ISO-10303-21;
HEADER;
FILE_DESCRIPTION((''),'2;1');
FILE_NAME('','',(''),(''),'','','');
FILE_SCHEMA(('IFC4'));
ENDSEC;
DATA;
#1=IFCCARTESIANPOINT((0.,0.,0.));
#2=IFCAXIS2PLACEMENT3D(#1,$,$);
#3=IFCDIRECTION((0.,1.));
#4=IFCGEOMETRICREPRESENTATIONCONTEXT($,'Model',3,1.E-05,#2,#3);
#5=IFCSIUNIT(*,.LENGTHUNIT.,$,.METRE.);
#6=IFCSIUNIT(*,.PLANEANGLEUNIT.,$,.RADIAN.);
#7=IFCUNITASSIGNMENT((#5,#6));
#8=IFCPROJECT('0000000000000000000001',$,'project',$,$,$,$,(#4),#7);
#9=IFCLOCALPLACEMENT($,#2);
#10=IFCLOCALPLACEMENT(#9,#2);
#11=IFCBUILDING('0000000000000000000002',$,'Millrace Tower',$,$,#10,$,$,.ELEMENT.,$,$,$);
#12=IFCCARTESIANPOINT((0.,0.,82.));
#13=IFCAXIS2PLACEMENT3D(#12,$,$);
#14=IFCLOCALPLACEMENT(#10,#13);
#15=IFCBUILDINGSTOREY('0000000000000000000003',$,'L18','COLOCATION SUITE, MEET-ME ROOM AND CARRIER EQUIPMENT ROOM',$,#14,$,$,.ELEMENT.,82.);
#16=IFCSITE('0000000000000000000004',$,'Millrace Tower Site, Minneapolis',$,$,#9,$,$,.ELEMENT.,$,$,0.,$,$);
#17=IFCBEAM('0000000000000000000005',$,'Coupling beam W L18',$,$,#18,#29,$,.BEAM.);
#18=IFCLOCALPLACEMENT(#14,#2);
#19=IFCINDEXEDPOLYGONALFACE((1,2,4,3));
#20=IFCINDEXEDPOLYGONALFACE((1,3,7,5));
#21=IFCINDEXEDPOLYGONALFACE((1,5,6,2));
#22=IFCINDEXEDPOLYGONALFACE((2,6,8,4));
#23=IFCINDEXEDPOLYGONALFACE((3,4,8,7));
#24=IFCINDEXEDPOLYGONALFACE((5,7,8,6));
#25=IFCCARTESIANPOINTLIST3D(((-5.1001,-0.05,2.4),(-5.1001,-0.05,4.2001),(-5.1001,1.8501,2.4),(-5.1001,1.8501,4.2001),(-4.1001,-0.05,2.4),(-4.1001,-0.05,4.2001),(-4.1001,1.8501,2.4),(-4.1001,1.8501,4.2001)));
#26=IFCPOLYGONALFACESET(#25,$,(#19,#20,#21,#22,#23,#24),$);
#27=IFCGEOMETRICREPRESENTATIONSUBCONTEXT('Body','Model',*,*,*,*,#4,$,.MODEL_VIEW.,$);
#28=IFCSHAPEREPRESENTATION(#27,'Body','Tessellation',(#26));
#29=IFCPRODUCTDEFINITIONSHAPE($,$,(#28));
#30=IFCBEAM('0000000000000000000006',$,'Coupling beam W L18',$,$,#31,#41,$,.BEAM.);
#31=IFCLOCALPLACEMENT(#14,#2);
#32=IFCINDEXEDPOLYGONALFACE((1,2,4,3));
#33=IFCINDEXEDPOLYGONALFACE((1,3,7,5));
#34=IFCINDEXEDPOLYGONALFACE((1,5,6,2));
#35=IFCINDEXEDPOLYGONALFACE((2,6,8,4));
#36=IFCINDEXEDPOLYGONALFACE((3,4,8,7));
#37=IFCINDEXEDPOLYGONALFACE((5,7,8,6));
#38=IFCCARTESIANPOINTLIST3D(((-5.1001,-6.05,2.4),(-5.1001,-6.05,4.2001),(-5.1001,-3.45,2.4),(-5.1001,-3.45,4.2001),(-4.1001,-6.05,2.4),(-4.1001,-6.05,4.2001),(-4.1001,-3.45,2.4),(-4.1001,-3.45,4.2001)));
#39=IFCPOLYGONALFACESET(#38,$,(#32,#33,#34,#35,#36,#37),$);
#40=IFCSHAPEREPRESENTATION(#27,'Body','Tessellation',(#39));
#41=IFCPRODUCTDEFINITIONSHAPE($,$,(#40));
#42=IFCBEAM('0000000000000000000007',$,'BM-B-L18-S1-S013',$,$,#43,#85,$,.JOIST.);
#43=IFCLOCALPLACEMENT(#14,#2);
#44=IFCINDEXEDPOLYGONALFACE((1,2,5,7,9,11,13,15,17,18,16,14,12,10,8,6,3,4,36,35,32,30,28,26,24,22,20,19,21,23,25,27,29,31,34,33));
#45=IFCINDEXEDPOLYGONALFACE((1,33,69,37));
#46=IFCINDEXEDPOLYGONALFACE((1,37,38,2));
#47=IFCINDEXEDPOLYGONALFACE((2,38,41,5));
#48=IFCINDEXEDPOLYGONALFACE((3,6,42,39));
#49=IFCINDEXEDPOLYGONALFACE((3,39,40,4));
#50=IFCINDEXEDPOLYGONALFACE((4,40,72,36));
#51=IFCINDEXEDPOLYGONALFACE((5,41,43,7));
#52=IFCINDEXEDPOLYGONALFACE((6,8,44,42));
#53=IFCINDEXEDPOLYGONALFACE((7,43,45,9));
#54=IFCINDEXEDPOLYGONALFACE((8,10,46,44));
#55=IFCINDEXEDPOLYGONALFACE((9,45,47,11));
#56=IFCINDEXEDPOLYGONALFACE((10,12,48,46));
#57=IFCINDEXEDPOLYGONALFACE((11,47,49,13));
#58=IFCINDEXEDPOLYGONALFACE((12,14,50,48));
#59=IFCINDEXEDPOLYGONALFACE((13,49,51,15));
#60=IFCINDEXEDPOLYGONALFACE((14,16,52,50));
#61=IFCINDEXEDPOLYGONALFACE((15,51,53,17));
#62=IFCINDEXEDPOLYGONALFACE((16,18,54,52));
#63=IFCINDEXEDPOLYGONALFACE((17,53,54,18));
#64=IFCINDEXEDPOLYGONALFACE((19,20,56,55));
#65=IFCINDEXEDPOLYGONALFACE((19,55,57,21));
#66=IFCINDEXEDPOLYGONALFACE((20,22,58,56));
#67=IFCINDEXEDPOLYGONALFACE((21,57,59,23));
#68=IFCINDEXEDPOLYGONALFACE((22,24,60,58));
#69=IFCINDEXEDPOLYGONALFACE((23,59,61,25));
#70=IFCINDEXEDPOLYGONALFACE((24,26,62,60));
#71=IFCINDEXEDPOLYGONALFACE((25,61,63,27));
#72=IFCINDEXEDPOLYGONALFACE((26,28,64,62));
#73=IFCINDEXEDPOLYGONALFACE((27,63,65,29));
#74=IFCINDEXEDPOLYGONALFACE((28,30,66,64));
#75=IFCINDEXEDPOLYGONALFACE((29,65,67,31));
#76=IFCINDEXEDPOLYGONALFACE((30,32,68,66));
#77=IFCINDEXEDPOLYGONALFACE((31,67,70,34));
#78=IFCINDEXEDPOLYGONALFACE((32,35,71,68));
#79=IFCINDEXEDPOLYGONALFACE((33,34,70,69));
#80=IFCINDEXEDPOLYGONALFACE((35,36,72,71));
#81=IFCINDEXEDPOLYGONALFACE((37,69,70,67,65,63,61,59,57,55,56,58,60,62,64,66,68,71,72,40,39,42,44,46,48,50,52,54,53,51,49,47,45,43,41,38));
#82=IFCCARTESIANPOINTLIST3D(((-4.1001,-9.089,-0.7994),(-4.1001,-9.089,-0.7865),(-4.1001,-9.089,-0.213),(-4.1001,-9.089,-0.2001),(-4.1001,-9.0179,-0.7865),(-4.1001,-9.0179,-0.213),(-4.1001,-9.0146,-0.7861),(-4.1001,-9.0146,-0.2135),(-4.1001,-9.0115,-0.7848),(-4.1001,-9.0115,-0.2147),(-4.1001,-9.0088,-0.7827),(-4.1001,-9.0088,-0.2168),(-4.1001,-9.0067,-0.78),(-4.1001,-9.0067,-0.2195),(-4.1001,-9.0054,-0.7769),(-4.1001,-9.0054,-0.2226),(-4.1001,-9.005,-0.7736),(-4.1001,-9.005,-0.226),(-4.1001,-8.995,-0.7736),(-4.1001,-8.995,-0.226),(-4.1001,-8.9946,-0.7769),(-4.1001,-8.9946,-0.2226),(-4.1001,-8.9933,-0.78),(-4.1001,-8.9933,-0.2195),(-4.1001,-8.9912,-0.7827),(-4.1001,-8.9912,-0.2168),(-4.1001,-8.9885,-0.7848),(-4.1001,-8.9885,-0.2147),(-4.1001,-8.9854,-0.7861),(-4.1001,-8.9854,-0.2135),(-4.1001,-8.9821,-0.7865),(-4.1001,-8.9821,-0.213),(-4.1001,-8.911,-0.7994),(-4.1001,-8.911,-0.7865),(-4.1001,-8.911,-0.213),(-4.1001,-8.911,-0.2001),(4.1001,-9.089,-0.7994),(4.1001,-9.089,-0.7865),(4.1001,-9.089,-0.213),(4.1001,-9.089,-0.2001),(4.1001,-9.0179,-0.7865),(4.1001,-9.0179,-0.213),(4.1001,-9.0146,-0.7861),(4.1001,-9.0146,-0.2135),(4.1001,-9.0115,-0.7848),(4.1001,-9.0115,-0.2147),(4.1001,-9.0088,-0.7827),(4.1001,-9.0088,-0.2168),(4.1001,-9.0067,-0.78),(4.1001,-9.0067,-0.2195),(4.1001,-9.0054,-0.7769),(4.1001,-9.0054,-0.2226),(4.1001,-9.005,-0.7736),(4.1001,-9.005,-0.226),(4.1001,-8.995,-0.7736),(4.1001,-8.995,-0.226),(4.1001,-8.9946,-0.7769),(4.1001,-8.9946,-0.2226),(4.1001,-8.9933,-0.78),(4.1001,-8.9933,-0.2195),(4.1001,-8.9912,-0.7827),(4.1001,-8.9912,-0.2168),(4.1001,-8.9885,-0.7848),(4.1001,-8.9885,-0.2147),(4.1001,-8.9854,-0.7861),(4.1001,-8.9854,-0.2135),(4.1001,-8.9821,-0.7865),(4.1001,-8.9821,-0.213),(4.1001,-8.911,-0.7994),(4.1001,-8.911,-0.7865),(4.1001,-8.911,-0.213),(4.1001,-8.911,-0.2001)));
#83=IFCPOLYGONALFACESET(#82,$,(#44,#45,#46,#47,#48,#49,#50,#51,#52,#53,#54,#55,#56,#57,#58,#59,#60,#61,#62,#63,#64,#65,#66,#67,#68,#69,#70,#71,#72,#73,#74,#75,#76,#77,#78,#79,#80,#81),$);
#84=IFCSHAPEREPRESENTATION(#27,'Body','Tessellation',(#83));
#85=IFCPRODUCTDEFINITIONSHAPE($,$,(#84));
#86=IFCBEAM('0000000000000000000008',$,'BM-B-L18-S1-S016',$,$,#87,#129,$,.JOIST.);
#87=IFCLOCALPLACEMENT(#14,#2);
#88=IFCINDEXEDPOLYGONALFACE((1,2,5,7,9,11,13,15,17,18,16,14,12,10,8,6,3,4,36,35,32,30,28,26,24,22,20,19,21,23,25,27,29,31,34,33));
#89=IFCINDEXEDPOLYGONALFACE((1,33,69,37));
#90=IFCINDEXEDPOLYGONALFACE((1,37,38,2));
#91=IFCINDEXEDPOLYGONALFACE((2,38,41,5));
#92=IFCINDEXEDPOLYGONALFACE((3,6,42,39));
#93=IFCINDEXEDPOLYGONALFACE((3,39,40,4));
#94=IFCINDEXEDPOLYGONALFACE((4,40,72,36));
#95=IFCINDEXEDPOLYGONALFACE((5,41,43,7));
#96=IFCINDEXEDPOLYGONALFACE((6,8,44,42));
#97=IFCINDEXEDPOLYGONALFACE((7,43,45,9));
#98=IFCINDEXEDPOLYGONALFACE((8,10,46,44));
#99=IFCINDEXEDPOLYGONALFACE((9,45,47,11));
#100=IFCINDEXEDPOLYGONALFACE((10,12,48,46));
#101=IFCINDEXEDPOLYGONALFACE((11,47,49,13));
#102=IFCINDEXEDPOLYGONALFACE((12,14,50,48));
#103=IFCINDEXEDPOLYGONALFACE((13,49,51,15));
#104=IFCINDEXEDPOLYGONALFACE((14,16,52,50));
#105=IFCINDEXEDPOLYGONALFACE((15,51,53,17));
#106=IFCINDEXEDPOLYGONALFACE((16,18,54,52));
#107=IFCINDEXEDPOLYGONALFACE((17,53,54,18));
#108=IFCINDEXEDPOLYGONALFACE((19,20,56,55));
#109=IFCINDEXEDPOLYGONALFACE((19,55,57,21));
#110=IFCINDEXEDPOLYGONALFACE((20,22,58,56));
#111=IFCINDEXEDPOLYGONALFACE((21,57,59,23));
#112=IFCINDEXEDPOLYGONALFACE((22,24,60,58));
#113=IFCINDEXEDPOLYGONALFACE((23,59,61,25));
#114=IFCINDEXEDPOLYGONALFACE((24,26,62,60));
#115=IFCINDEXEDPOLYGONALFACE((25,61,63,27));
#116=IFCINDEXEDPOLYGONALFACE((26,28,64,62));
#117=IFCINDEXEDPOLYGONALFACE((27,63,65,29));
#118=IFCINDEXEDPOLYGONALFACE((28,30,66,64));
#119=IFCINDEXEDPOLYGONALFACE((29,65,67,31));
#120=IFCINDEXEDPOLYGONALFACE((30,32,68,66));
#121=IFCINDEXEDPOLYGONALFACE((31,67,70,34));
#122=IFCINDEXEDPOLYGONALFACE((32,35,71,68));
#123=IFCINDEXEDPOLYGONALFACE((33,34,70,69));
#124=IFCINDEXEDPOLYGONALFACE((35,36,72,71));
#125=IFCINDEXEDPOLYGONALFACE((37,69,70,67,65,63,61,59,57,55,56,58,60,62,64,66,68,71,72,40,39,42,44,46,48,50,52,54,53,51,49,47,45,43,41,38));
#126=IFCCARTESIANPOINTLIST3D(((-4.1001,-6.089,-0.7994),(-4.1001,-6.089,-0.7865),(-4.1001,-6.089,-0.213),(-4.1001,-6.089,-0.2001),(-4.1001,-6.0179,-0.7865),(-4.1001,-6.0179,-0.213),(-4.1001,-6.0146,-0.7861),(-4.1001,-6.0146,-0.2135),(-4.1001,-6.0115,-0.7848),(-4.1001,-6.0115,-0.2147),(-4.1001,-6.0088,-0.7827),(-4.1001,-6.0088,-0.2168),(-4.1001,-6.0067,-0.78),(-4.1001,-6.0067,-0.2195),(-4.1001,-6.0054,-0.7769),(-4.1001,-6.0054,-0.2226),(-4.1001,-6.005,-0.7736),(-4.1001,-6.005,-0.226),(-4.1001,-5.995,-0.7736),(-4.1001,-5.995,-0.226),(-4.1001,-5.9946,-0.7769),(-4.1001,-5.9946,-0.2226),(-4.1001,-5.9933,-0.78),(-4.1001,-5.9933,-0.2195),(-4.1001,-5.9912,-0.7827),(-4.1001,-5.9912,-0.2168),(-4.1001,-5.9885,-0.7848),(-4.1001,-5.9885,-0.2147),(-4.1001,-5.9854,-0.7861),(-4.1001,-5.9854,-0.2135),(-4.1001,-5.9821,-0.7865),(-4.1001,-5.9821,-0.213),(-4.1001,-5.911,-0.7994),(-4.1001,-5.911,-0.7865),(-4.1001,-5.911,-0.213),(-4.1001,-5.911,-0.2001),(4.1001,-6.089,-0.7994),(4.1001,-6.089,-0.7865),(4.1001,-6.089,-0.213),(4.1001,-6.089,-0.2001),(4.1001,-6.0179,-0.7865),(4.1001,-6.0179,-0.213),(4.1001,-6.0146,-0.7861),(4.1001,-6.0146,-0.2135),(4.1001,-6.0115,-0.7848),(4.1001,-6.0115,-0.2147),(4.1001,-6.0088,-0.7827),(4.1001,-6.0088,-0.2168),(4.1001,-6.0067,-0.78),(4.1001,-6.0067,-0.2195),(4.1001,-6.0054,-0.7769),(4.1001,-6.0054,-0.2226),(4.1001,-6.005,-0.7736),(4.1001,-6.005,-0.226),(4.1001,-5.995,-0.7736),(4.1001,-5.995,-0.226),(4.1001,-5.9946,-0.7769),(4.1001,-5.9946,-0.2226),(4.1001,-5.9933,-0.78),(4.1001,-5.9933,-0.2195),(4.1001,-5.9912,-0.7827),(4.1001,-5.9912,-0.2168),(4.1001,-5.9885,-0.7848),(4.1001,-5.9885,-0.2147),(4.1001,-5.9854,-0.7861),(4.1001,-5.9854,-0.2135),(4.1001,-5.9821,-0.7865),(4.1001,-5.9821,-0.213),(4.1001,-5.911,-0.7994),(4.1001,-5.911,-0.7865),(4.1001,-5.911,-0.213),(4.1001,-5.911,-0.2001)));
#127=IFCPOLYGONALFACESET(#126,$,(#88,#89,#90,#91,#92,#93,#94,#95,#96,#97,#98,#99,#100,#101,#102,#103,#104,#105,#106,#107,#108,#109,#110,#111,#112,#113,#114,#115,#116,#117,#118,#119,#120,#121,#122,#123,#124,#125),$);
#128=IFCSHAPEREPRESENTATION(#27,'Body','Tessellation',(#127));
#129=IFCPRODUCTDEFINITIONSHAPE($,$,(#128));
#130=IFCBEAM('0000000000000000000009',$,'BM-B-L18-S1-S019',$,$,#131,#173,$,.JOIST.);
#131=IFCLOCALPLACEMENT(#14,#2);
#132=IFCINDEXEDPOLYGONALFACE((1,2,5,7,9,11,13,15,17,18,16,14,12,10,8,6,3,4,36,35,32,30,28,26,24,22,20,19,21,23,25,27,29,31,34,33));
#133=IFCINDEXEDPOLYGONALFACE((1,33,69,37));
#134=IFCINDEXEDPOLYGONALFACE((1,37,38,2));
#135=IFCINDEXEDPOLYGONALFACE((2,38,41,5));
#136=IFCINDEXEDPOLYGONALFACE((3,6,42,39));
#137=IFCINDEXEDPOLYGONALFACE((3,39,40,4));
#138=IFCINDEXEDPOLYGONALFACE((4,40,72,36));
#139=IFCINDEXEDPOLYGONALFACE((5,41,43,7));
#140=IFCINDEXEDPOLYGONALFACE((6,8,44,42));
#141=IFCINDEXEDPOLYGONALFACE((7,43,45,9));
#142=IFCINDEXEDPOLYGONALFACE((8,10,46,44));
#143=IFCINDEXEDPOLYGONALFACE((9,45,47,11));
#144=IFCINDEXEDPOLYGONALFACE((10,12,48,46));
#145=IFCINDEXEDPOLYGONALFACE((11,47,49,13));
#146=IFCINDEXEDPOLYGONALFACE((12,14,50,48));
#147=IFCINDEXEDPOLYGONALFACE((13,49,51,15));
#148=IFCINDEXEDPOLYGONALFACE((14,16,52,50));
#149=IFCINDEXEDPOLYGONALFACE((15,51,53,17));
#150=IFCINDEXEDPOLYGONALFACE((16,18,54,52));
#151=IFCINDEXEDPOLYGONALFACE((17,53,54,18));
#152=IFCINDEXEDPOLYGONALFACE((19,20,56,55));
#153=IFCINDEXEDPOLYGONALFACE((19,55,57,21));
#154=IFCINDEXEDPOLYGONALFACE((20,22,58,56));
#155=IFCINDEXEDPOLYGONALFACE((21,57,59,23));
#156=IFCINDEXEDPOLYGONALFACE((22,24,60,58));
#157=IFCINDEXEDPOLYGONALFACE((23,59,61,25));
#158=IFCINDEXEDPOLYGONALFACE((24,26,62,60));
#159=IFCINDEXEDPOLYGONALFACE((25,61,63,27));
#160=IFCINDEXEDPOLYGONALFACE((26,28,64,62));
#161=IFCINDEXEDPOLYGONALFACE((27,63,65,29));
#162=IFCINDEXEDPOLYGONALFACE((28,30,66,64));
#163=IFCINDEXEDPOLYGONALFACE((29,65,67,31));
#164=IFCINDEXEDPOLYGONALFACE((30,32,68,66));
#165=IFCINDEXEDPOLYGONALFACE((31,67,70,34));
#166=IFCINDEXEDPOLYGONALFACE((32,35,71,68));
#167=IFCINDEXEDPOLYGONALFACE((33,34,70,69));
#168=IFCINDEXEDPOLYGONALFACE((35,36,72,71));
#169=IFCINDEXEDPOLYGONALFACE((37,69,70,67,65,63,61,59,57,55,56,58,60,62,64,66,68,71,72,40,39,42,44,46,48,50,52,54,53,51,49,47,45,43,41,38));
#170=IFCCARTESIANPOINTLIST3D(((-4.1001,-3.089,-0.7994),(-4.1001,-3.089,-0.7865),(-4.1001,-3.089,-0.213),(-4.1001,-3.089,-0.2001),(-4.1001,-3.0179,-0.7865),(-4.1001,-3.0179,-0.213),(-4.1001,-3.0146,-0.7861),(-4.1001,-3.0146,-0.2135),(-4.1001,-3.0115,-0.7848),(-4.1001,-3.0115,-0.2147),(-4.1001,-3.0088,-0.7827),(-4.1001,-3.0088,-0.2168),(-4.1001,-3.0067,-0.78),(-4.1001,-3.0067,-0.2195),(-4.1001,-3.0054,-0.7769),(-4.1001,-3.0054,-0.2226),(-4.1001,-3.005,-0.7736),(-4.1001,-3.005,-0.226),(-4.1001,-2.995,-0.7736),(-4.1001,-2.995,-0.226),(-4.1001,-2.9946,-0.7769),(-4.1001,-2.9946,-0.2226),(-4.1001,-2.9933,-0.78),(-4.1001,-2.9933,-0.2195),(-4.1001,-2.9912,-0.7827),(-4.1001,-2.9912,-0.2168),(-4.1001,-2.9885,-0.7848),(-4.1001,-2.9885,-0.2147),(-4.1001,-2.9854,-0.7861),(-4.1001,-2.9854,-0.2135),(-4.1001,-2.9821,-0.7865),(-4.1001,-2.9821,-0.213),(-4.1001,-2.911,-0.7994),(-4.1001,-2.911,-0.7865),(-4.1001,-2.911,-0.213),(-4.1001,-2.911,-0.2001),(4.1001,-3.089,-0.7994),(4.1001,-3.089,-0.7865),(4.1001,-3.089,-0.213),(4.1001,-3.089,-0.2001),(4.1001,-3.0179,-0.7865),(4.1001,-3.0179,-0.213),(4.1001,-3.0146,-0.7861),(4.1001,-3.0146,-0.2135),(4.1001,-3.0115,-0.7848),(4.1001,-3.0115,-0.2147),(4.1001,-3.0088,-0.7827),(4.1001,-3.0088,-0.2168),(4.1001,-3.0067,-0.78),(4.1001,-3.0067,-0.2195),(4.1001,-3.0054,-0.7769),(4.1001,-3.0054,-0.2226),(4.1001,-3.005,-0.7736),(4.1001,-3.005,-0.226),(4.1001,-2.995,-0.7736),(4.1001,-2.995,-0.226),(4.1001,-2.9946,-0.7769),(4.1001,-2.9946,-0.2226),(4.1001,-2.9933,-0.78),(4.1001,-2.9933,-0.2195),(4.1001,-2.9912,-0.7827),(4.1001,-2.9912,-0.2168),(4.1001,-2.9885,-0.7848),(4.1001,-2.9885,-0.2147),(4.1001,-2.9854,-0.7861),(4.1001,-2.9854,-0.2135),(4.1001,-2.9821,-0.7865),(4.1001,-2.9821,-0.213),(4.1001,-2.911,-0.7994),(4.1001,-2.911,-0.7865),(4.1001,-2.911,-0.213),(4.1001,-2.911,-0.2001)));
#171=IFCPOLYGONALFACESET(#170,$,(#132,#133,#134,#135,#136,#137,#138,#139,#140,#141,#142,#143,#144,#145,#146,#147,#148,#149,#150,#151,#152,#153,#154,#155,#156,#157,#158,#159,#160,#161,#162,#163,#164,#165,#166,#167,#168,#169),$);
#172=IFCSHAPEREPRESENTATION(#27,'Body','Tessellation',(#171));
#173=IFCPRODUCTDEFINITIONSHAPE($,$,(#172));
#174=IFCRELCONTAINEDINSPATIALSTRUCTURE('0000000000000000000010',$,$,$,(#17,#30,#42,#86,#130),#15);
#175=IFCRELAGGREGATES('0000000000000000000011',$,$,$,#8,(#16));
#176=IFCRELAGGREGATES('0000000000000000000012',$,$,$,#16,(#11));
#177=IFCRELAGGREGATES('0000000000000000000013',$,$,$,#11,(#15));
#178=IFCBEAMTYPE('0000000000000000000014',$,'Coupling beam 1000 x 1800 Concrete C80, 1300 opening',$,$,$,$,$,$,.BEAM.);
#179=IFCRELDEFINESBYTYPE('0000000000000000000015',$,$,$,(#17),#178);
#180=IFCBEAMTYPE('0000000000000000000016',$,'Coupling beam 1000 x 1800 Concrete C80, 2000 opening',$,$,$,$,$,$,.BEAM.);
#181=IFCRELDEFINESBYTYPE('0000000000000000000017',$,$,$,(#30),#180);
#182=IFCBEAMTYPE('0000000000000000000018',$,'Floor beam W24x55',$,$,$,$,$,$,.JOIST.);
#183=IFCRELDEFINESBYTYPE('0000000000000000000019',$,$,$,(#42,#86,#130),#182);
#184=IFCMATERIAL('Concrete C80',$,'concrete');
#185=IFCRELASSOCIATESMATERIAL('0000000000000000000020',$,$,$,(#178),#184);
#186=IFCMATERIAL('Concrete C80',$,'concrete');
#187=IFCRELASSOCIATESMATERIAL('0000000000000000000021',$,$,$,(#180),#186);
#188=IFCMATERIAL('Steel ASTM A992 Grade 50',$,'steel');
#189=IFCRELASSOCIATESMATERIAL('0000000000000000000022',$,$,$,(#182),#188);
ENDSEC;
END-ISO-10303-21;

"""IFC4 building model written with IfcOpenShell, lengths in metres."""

from ifc_helpers import new_model, si_unit, direction, frame, origin, origin_2d, place, context, subcontext, project, spatial, rectangle, i_section, extrude, material, material_profile, profile_set, type_object, element, save


model = new_model("IFC4")

# Units and contexts
model_context = context("Model", 3, precision=1e-05, world=origin(), true_north=direction((0.0, 1.0)))
body_context = subcontext(model_context, "Body", "Model", "MODEL_VIEW")
ifc_project = project(units=[si_unit("LENGTHUNIT", "METRE"), si_unit("PLANEANGLEUNIT", "RADIAN")], contexts=[model_context])

# Site, building, storey
site_placement = place(None, origin())
site = spatial("IfcSite", under=ifc_project, at=site_placement, Name="Millrace Tower Site, Minneapolis", CompositionType="ELEMENT", RefElevation=0.0)
building_placement = place(site_placement, origin())
building = spatial("IfcBuilding", under=site, at=building_placement, Name="Millrace Tower", CompositionType="ELEMENT")
storey_placement = place(building_placement, frame((0.0, 0.0, 82.0)))
storey = spatial("IfcBuildingStorey", under=building, at=storey_placement, Name="L18", Description="COLOCATION SUITE, MEET-ME ROOM AND CARRIER EQUIPMENT ROOM", CompositionType="ELEMENT", Elevation=82.0)

# Beams
ifc_material_1 = material(Name="Concrete C80", Category="concrete")
ifc_material_profile_1 = material_profile(ifc_material_1, rectangle(XDim=1.0, YDim=1.8, at=origin_2d()))
ifc_profile_set_1 = profile_set([ifc_material_profile_1], Name="Concrete C80")
beam_type_1 = type_object("IfcBeamType", Name="Coupling beam 1000 x 1800 Concrete C80, 1300 opening", PredefinedType="BEAM", material=ifc_profile_set_1)
beam_1_placement = place(storey_placement, frame((-4.6001, -0.05, 3.3), z_axis=(0.0, 1.0, 0.0), x_axis=(-1.0, 0.0, 0.0)))
element("IfcBeam", 1, at=beam_1_placement, inside=storey, type_object=beam_type_1, Name="Coupling beam W L18", PredefinedType="BEAM", context=body_context, shape_type="SweptSolid", body=[
    extrude(rectangle(XDim=1.0, YDim=1.8, at=origin_2d()), origin(), (0.0, 0.0, 1.0), 1.9001),
])
ifc_material_2 = material(Name="Concrete C80", Category="concrete")
ifc_material_profile_2 = material_profile(ifc_material_2, rectangle(XDim=1.0, YDim=1.8, at=origin_2d()))
ifc_profile_set_2 = profile_set([ifc_material_profile_2], Name="Concrete C80")
beam_type_2 = type_object("IfcBeamType", Name="Coupling beam 1000 x 1800 Concrete C80, 2000 opening", PredefinedType="BEAM", material=ifc_profile_set_2)
beam_2_placement = place(storey_placement, frame((-4.6001, -6.05, 3.3), z_axis=(0.0, 1.0, 0.0), x_axis=(-1.0, 0.0, 0.0)))
element("IfcBeam", 2, at=beam_2_placement, inside=storey, type_object=beam_type_2, Name="Coupling beam W L18", PredefinedType="BEAM", context=body_context, shape_type="SweptSolid", body=[
    extrude(rectangle(XDim=1.0, YDim=1.8, at=origin_2d()), origin(), (0.0, 0.0, 1.0), 2.6001),
])
ifc_material_3 = material(Name="Steel ASTM A992 Grade 50", Category="steel")
ifc_material_profile_3 = material_profile(ifc_material_3, i_section(OverallWidth=0.178, OverallDepth=0.5994, WebThickness=0.01, FlangeThickness=0.0129, FilletRadius=0.0129, at=origin_2d()))
ifc_profile_set_3 = profile_set([ifc_material_profile_3], Name="Steel ASTM A992 Grade 50")
beam_type_3 = type_object("IfcBeamType", Name="Floor beam W24x55", PredefinedType="JOIST", material=ifc_profile_set_3)
for number, where, z_axis, x_axis, name in (
    (3, (-4.1001, -9.0, -0.4998), (1.0, 0.0, 0.0), (0.0, 1.0, 0.0), "BM-B-L18-S1-S013"),
    (4, (-4.1001, -6.0, -0.4998), (1.0, 0.0, 0.0), (0.0, 1.0, 0.0), "BM-B-L18-S1-S016"),
    (5, (-4.1001, -3.0, -0.4998), (1.0, 0.0, 0.0), (0.0, 1.0, 0.0), "BM-B-L18-S1-S019"),
):
    element("IfcBeam", number, at=place(storey_placement, frame(where, z_axis=z_axis, x_axis=x_axis)), inside=storey, type_object=beam_type_3, Name=name, PredefinedType="JOIST", context=body_context, shape_type="SweptSolid", body=[
        extrude(i_section(OverallWidth=0.178, OverallDepth=0.5994, WebThickness=0.01, FlangeThickness=0.0129, FilletRadius=0.0129, at=origin_2d()), origin(), (0.0, 0.0, 1.0), 8.2002),
    ])

save(model, "model.ifc")
